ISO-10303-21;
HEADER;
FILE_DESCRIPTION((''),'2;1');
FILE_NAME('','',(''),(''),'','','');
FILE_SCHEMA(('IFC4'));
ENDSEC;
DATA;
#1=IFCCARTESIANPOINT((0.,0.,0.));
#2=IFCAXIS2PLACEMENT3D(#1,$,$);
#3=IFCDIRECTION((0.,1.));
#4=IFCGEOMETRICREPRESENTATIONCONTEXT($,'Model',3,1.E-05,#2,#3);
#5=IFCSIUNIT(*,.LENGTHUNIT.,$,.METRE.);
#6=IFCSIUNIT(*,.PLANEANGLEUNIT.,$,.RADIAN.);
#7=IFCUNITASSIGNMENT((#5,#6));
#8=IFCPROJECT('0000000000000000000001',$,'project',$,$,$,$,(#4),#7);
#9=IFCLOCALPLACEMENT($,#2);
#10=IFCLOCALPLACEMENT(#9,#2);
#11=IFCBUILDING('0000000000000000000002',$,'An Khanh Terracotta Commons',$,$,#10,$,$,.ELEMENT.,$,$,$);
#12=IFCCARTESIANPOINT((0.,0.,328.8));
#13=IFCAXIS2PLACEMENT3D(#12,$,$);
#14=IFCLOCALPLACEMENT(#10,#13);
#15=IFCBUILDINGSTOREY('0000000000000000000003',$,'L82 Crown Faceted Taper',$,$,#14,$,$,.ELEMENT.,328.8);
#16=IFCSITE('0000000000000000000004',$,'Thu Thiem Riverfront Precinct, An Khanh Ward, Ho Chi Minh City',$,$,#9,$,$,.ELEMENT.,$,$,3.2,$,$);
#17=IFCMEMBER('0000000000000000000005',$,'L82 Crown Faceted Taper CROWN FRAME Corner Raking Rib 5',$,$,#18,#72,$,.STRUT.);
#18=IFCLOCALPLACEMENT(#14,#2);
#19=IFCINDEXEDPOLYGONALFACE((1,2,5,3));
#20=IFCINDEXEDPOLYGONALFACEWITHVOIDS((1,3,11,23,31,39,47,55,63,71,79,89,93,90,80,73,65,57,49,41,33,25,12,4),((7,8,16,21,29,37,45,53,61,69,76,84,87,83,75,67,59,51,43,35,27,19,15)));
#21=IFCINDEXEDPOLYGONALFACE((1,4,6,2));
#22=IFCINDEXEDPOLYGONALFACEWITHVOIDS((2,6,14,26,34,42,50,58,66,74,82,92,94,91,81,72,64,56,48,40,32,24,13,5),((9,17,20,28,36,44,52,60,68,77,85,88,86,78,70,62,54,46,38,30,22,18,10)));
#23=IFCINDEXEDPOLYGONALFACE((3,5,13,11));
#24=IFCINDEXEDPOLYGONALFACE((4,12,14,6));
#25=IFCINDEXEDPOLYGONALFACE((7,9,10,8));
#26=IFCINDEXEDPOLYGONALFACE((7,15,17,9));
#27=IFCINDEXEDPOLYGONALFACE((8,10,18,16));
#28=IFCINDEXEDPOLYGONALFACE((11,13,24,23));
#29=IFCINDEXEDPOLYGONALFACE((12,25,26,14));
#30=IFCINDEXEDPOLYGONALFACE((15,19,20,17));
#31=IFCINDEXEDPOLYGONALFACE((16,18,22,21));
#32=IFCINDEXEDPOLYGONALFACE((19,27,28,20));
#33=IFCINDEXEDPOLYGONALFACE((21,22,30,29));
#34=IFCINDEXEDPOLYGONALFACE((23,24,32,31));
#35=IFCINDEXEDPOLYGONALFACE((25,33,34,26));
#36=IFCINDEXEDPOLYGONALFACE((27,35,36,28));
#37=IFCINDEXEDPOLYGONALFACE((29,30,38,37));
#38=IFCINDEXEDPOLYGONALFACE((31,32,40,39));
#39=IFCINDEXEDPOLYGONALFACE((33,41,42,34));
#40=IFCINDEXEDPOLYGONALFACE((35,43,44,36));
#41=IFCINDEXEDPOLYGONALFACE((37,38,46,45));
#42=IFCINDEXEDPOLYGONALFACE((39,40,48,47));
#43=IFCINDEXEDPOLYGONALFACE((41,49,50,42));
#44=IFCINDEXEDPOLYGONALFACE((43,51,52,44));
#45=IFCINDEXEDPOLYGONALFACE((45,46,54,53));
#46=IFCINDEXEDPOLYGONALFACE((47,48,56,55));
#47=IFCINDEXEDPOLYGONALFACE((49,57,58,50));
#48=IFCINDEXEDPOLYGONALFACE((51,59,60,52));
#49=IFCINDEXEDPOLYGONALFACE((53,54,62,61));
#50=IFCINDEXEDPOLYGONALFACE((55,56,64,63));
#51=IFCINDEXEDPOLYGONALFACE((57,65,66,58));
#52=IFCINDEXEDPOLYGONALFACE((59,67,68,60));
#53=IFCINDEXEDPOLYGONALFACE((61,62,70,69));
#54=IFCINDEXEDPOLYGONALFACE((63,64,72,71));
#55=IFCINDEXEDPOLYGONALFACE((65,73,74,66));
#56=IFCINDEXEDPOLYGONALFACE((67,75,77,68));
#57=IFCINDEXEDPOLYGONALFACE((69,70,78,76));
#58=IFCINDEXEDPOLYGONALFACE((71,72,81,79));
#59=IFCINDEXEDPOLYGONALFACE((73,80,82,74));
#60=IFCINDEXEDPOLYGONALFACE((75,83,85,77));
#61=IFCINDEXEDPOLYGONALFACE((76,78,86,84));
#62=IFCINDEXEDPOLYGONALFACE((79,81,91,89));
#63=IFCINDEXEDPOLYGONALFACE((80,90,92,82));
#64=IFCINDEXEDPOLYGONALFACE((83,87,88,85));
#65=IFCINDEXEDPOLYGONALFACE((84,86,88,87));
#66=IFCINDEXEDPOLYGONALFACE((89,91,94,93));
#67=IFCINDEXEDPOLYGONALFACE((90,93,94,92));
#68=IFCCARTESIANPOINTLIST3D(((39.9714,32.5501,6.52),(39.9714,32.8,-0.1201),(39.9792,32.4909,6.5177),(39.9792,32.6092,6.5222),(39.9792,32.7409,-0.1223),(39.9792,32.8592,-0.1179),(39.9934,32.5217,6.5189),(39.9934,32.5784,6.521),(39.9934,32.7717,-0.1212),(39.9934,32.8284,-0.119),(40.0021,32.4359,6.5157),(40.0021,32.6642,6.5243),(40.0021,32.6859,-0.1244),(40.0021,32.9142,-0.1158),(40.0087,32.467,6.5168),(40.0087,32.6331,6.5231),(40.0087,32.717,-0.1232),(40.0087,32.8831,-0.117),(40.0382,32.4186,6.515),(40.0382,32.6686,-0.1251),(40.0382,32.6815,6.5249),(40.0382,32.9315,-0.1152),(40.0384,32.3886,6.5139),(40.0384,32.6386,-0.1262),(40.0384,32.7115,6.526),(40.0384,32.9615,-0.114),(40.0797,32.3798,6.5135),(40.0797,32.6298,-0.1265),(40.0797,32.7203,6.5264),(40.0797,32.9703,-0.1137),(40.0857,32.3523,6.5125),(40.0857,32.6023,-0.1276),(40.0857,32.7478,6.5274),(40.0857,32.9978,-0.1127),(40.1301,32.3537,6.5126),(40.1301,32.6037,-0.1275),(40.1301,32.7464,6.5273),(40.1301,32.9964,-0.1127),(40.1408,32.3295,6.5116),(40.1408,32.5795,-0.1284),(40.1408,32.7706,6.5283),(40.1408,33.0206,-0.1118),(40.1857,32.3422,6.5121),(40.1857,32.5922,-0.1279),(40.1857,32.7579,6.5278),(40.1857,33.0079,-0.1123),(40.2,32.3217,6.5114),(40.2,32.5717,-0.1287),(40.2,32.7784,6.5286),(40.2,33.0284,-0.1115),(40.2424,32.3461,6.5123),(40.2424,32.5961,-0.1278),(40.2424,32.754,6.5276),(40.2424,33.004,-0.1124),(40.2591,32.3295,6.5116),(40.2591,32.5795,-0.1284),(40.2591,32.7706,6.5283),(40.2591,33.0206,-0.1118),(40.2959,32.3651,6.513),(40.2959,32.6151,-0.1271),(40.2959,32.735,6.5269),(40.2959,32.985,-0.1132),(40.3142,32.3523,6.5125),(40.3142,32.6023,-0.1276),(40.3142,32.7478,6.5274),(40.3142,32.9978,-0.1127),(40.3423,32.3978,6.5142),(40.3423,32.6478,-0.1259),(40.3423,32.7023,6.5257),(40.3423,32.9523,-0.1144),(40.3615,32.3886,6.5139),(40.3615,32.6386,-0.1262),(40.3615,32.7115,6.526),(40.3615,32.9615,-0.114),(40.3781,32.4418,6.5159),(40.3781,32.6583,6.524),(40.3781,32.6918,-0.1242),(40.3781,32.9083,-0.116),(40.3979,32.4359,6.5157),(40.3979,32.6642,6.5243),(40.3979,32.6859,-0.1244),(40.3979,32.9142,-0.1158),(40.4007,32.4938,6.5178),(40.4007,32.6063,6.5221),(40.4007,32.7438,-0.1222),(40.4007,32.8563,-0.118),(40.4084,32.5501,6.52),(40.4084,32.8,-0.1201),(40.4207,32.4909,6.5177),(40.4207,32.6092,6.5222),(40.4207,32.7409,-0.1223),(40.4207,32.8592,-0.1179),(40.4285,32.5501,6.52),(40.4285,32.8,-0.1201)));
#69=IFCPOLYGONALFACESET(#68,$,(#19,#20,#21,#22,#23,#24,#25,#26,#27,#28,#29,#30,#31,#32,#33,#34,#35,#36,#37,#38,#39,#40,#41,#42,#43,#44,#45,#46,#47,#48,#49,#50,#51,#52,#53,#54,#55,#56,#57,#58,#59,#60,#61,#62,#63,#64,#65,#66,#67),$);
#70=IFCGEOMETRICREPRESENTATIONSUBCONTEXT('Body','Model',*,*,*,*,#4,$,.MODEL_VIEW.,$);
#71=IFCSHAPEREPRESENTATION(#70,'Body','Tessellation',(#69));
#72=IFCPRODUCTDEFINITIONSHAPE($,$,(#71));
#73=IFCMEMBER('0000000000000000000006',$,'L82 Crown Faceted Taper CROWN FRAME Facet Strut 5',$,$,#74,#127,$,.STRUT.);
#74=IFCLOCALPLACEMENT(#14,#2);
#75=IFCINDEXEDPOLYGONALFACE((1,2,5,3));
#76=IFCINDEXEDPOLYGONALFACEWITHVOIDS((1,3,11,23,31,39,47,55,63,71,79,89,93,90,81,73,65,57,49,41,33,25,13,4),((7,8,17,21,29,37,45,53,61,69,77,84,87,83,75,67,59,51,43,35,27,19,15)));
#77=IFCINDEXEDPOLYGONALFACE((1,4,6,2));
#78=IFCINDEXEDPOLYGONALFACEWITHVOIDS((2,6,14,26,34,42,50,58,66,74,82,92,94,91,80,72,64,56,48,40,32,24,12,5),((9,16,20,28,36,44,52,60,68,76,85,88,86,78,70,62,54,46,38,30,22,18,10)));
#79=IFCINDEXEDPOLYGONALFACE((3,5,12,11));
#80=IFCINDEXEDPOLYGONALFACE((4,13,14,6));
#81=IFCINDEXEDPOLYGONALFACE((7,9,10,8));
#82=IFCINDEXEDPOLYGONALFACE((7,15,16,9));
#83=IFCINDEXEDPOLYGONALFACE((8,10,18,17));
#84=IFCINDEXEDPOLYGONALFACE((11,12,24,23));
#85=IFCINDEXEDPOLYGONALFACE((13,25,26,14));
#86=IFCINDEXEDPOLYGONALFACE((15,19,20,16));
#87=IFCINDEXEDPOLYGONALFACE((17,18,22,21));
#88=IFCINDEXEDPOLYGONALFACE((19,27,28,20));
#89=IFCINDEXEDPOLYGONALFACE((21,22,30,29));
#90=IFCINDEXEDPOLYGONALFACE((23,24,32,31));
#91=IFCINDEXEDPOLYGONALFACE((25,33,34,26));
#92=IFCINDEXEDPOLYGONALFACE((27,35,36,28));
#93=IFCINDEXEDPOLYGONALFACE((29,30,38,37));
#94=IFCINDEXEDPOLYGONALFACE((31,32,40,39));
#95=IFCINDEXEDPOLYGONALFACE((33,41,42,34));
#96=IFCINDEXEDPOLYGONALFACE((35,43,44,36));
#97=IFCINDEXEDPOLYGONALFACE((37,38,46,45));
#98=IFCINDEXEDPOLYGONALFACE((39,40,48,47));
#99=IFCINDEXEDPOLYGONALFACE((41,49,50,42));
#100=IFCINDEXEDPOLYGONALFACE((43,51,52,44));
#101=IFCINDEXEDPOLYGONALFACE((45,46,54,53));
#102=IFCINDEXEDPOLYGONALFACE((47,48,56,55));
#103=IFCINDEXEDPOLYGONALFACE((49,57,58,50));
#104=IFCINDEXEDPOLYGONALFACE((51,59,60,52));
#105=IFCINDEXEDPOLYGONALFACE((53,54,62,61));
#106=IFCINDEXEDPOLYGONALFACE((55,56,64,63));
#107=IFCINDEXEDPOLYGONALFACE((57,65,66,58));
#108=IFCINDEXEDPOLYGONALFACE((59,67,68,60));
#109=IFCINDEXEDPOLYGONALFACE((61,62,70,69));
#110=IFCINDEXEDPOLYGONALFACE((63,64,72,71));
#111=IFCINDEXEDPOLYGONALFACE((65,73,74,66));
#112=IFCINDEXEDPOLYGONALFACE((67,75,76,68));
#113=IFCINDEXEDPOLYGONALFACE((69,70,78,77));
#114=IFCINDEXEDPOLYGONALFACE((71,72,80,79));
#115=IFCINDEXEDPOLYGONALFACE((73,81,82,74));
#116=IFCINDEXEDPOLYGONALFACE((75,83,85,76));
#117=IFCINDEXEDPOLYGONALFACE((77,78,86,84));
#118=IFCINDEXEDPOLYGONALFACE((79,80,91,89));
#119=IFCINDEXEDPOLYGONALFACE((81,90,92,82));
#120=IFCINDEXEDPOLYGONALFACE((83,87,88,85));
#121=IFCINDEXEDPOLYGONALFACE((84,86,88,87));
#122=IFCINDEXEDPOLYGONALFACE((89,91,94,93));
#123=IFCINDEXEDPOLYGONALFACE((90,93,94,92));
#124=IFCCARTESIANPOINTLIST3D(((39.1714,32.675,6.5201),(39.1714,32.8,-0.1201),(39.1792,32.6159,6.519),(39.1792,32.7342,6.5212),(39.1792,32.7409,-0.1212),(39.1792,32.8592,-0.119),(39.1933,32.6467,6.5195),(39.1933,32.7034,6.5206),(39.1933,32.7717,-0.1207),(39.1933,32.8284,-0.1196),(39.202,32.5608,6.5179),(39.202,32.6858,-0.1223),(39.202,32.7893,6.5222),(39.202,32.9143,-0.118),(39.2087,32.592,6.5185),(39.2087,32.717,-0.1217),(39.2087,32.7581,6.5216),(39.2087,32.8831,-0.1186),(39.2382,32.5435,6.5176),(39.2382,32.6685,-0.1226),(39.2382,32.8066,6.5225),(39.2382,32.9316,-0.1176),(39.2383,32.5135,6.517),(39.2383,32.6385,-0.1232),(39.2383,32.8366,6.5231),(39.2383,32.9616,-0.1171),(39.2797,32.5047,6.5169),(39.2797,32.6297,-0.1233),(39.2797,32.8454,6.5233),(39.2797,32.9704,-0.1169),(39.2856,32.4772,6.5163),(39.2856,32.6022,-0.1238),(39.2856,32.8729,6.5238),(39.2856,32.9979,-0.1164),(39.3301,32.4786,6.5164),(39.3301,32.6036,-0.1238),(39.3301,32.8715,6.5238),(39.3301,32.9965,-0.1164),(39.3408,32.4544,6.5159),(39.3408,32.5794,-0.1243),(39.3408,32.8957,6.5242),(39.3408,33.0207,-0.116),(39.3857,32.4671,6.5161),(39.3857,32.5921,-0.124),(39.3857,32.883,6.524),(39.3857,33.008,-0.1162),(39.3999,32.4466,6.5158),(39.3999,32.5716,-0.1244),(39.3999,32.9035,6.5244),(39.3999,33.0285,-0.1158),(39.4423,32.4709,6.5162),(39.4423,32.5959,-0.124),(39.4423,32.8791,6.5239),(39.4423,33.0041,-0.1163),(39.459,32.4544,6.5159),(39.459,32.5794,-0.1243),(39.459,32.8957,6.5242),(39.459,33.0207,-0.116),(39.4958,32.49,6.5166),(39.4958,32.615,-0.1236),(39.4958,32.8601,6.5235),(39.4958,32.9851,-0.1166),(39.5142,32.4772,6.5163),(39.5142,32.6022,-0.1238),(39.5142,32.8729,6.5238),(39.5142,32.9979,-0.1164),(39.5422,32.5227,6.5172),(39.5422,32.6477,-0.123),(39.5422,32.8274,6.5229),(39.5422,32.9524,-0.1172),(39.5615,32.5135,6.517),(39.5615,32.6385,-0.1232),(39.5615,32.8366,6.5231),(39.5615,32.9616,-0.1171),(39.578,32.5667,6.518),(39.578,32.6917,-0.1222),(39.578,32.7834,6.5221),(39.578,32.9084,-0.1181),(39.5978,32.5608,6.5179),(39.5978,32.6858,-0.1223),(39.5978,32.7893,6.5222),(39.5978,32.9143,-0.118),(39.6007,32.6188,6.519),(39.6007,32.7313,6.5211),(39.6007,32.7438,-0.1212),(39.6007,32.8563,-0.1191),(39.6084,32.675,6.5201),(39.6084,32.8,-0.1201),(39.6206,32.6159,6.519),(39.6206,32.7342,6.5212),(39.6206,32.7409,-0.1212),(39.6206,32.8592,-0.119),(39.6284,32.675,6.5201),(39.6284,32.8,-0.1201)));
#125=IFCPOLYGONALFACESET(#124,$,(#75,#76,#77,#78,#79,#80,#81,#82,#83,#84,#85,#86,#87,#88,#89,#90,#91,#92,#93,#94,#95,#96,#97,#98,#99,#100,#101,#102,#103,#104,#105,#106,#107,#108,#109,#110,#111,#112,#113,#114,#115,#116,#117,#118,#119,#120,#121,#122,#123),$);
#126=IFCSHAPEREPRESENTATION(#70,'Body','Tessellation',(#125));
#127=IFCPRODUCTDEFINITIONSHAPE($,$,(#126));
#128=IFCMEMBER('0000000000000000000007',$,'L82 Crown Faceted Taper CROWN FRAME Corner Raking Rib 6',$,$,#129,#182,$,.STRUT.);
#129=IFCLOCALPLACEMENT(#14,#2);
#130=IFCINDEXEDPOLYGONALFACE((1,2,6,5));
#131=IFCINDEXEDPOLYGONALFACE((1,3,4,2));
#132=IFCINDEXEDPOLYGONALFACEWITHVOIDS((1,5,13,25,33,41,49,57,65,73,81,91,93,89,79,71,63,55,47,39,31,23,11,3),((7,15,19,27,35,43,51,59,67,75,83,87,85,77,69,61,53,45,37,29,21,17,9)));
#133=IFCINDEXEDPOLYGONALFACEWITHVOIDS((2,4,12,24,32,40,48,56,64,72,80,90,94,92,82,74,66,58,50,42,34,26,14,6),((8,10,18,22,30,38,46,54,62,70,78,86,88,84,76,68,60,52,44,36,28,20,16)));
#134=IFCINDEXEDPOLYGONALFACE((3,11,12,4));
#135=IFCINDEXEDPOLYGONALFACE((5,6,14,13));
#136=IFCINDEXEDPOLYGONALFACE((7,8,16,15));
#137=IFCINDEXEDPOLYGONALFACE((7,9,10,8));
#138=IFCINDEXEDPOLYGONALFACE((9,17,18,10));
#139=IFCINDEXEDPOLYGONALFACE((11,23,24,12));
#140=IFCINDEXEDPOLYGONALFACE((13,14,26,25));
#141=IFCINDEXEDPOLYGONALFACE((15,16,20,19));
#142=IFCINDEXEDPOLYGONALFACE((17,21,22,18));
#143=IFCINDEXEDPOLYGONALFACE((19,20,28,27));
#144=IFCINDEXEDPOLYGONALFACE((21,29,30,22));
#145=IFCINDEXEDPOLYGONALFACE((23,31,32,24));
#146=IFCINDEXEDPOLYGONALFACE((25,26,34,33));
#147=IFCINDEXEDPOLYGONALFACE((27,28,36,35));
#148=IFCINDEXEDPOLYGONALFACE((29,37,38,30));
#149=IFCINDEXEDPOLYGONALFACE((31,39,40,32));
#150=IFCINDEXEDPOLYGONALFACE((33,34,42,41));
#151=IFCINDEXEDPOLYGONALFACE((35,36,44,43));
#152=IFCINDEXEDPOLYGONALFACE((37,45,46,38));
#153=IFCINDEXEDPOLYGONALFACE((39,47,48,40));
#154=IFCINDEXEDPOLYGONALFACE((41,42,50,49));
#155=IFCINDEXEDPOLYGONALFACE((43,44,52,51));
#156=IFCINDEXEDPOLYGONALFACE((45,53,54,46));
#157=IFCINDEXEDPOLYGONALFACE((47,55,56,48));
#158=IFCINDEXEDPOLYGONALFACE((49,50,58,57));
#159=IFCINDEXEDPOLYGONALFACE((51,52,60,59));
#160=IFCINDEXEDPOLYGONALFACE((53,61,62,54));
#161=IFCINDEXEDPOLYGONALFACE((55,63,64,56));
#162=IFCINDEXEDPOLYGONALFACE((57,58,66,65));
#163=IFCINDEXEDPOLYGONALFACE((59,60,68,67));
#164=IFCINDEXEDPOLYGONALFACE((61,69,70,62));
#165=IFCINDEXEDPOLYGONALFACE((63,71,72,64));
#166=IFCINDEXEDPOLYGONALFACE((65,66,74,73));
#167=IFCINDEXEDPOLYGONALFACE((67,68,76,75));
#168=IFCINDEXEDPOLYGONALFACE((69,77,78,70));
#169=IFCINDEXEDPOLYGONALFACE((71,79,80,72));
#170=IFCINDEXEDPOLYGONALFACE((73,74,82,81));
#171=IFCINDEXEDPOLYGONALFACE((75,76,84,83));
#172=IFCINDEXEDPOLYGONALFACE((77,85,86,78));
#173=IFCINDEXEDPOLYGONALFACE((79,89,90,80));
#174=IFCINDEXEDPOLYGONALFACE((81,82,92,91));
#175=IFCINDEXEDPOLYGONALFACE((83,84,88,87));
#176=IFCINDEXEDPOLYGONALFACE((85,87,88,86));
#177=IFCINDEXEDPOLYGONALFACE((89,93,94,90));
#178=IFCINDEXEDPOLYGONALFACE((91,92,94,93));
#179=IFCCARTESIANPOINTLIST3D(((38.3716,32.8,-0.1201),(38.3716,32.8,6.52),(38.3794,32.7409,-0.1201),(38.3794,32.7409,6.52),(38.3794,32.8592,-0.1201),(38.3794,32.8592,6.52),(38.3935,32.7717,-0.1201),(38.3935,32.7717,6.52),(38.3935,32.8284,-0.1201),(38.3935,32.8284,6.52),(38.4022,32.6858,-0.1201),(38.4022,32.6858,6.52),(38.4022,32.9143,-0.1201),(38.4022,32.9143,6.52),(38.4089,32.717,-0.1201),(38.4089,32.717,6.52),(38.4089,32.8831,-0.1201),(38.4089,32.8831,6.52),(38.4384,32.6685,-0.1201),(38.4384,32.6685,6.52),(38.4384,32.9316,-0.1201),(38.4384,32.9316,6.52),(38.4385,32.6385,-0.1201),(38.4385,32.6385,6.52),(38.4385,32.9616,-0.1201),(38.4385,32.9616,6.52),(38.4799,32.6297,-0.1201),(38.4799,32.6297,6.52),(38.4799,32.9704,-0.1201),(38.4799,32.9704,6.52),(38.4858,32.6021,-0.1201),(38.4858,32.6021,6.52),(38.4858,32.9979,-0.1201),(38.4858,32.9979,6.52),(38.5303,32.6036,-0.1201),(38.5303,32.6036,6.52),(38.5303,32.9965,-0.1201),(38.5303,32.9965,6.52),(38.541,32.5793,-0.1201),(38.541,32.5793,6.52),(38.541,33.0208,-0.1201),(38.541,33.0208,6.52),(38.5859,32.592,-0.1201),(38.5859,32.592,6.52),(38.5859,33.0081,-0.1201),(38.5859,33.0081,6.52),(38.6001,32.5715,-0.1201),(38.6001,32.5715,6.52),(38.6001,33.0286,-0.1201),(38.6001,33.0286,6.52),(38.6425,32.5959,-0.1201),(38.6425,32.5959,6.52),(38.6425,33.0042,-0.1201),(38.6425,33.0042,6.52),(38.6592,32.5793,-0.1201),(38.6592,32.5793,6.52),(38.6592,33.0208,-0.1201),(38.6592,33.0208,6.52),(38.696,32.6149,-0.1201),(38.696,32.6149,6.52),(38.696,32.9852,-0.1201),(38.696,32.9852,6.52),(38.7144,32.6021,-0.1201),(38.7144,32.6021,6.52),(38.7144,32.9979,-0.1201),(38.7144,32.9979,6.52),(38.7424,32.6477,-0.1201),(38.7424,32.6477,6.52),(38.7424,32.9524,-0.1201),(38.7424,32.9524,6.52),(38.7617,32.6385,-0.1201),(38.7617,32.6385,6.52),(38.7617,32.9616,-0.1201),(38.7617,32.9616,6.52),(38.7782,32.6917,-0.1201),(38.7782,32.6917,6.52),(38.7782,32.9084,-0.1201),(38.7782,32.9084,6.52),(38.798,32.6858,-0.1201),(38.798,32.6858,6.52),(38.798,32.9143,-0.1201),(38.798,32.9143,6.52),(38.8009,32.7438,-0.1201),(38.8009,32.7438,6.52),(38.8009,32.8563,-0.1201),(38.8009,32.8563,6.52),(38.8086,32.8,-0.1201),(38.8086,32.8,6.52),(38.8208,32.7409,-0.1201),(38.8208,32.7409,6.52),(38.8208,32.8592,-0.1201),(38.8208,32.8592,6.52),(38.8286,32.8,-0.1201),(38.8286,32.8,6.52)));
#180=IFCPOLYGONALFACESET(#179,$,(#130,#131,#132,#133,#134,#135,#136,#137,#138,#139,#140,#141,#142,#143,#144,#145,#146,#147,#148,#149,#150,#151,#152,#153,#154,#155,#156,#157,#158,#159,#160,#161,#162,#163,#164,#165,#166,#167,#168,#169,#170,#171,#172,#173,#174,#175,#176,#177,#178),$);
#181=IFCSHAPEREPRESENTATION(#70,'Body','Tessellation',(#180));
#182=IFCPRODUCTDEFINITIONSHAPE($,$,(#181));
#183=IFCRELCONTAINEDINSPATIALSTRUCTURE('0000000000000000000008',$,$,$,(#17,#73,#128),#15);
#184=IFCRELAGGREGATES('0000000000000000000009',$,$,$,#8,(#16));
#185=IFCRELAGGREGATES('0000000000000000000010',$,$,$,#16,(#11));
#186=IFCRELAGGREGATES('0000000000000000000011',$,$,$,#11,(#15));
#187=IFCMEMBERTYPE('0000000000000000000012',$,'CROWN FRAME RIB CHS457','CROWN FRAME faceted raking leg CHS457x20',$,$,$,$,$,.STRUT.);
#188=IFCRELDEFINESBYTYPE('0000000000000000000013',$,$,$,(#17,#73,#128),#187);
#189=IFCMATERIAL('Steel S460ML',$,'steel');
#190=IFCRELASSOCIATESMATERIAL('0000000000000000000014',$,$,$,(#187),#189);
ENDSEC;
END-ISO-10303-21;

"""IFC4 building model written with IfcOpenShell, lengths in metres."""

from ifc_helpers import new_model, si_unit, direction, frame, origin, origin_2d, place, context, subcontext, project, spatial, hollow_circle, extrude, material, material_profile, profile_set, type_object, element, save


model = new_model("IFC4")

# Units and contexts
model_context = context("Model", 3, precision=1e-05, world=origin(), true_north=direction((0.0, 1.0)))
body_context = subcontext(model_context, "Body", "Model", "MODEL_VIEW")
ifc_project = project(units=[si_unit("LENGTHUNIT", "METRE"), si_unit("PLANEANGLEUNIT", "RADIAN")], contexts=[model_context])

# Site, building, storey
site_placement = place(None, origin())
site = spatial("IfcSite", under=ifc_project, at=site_placement, Name="Thu Thiem Riverfront Precinct, An Khanh Ward, Ho Chi Minh City", CompositionType="ELEMENT", RefElevation=3.2)
building_placement = place(site_placement, origin())
building = spatial("IfcBuilding", under=site, at=building_placement, Name="An Khanh Terracotta Commons", CompositionType="ELEMENT")
storey_placement = place(building_placement, frame((0.0, 0.0, 328.8)))
storey = spatial("IfcBuildingStorey", under=building, at=storey_placement, Name="L82 Crown Faceted Taper", CompositionType="ELEMENT", Elevation=328.8)

# Members
ifc_material_1 = material(Name="Steel S460ML", Category="steel")
ifc_material_profile_1 = material_profile(ifc_material_1, hollow_circle(Radius=0.2285, WallThickness=0.02, at=origin_2d()), Name="CHS457x20")
ifc_profile_set_1 = profile_set([ifc_material_profile_1], Name="Steel S460ML")
member_type_1 = type_object("IfcMemberType", Name="CROWN FRAME RIB CHS457", Description="CROWN FRAME faceted raking leg CHS457x20", PredefinedType="STRUT", material=ifc_profile_set_1)
member_1_placement = place(storey_placement, frame((40.2, 32.8, -0.1201), z_axis=(0.0, -0.037623, 0.999292), x_axis=(1.0, 0.0, 0.0)))
element("IfcMember", 1, at=member_1_placement, inside=storey, type_object=member_type_1, Name="L82 Crown Faceted Taper CROWN FRAME Corner Raking Rib 5", PredefinedType="STRUT", context=body_context, shape_type="SweptSolid", body=[
    extrude(hollow_circle(Radius=0.2285, WallThickness=0.02, at=origin_2d()), origin(), (0.0, 0.0, 1.0), 6.6448),
])
member_2_placement = place(storey_placement, frame((39.3999, 32.8, -0.1201), z_axis=(0.0, -0.018822, 0.999823), x_axis=(1.0, 0.0, 0.0)))
element("IfcMember", 2, at=member_2_placement, inside=storey, type_object=member_type_1, Name="L82 Crown Faceted Taper CROWN FRAME Facet Strut 5", PredefinedType="STRUT", context=body_context, shape_type="SweptSolid", body=[
    extrude(hollow_circle(Radius=0.2285, WallThickness=0.02, at=origin_2d()), origin(), (0.0, 0.0, 1.0), 6.6414),
])
member_3_placement = place(storey_placement, frame((38.6001, 32.8, -0.1201), z_axis=(0.0, 0.0, 1.0), x_axis=(1.0, 0.0, 0.0)))
element("IfcMember", 3, at=member_3_placement, inside=storey, type_object=member_type_1, Name="L82 Crown Faceted Taper CROWN FRAME Corner Raking Rib 6", PredefinedType="STRUT", context=body_context, shape_type="SweptSolid", body=[
    extrude(hollow_circle(Radius=0.2285, WallThickness=0.02, at=origin_2d()), origin(), (0.0, 0.0, 1.0), 6.6401),
])

save(model, "model.ifc")
